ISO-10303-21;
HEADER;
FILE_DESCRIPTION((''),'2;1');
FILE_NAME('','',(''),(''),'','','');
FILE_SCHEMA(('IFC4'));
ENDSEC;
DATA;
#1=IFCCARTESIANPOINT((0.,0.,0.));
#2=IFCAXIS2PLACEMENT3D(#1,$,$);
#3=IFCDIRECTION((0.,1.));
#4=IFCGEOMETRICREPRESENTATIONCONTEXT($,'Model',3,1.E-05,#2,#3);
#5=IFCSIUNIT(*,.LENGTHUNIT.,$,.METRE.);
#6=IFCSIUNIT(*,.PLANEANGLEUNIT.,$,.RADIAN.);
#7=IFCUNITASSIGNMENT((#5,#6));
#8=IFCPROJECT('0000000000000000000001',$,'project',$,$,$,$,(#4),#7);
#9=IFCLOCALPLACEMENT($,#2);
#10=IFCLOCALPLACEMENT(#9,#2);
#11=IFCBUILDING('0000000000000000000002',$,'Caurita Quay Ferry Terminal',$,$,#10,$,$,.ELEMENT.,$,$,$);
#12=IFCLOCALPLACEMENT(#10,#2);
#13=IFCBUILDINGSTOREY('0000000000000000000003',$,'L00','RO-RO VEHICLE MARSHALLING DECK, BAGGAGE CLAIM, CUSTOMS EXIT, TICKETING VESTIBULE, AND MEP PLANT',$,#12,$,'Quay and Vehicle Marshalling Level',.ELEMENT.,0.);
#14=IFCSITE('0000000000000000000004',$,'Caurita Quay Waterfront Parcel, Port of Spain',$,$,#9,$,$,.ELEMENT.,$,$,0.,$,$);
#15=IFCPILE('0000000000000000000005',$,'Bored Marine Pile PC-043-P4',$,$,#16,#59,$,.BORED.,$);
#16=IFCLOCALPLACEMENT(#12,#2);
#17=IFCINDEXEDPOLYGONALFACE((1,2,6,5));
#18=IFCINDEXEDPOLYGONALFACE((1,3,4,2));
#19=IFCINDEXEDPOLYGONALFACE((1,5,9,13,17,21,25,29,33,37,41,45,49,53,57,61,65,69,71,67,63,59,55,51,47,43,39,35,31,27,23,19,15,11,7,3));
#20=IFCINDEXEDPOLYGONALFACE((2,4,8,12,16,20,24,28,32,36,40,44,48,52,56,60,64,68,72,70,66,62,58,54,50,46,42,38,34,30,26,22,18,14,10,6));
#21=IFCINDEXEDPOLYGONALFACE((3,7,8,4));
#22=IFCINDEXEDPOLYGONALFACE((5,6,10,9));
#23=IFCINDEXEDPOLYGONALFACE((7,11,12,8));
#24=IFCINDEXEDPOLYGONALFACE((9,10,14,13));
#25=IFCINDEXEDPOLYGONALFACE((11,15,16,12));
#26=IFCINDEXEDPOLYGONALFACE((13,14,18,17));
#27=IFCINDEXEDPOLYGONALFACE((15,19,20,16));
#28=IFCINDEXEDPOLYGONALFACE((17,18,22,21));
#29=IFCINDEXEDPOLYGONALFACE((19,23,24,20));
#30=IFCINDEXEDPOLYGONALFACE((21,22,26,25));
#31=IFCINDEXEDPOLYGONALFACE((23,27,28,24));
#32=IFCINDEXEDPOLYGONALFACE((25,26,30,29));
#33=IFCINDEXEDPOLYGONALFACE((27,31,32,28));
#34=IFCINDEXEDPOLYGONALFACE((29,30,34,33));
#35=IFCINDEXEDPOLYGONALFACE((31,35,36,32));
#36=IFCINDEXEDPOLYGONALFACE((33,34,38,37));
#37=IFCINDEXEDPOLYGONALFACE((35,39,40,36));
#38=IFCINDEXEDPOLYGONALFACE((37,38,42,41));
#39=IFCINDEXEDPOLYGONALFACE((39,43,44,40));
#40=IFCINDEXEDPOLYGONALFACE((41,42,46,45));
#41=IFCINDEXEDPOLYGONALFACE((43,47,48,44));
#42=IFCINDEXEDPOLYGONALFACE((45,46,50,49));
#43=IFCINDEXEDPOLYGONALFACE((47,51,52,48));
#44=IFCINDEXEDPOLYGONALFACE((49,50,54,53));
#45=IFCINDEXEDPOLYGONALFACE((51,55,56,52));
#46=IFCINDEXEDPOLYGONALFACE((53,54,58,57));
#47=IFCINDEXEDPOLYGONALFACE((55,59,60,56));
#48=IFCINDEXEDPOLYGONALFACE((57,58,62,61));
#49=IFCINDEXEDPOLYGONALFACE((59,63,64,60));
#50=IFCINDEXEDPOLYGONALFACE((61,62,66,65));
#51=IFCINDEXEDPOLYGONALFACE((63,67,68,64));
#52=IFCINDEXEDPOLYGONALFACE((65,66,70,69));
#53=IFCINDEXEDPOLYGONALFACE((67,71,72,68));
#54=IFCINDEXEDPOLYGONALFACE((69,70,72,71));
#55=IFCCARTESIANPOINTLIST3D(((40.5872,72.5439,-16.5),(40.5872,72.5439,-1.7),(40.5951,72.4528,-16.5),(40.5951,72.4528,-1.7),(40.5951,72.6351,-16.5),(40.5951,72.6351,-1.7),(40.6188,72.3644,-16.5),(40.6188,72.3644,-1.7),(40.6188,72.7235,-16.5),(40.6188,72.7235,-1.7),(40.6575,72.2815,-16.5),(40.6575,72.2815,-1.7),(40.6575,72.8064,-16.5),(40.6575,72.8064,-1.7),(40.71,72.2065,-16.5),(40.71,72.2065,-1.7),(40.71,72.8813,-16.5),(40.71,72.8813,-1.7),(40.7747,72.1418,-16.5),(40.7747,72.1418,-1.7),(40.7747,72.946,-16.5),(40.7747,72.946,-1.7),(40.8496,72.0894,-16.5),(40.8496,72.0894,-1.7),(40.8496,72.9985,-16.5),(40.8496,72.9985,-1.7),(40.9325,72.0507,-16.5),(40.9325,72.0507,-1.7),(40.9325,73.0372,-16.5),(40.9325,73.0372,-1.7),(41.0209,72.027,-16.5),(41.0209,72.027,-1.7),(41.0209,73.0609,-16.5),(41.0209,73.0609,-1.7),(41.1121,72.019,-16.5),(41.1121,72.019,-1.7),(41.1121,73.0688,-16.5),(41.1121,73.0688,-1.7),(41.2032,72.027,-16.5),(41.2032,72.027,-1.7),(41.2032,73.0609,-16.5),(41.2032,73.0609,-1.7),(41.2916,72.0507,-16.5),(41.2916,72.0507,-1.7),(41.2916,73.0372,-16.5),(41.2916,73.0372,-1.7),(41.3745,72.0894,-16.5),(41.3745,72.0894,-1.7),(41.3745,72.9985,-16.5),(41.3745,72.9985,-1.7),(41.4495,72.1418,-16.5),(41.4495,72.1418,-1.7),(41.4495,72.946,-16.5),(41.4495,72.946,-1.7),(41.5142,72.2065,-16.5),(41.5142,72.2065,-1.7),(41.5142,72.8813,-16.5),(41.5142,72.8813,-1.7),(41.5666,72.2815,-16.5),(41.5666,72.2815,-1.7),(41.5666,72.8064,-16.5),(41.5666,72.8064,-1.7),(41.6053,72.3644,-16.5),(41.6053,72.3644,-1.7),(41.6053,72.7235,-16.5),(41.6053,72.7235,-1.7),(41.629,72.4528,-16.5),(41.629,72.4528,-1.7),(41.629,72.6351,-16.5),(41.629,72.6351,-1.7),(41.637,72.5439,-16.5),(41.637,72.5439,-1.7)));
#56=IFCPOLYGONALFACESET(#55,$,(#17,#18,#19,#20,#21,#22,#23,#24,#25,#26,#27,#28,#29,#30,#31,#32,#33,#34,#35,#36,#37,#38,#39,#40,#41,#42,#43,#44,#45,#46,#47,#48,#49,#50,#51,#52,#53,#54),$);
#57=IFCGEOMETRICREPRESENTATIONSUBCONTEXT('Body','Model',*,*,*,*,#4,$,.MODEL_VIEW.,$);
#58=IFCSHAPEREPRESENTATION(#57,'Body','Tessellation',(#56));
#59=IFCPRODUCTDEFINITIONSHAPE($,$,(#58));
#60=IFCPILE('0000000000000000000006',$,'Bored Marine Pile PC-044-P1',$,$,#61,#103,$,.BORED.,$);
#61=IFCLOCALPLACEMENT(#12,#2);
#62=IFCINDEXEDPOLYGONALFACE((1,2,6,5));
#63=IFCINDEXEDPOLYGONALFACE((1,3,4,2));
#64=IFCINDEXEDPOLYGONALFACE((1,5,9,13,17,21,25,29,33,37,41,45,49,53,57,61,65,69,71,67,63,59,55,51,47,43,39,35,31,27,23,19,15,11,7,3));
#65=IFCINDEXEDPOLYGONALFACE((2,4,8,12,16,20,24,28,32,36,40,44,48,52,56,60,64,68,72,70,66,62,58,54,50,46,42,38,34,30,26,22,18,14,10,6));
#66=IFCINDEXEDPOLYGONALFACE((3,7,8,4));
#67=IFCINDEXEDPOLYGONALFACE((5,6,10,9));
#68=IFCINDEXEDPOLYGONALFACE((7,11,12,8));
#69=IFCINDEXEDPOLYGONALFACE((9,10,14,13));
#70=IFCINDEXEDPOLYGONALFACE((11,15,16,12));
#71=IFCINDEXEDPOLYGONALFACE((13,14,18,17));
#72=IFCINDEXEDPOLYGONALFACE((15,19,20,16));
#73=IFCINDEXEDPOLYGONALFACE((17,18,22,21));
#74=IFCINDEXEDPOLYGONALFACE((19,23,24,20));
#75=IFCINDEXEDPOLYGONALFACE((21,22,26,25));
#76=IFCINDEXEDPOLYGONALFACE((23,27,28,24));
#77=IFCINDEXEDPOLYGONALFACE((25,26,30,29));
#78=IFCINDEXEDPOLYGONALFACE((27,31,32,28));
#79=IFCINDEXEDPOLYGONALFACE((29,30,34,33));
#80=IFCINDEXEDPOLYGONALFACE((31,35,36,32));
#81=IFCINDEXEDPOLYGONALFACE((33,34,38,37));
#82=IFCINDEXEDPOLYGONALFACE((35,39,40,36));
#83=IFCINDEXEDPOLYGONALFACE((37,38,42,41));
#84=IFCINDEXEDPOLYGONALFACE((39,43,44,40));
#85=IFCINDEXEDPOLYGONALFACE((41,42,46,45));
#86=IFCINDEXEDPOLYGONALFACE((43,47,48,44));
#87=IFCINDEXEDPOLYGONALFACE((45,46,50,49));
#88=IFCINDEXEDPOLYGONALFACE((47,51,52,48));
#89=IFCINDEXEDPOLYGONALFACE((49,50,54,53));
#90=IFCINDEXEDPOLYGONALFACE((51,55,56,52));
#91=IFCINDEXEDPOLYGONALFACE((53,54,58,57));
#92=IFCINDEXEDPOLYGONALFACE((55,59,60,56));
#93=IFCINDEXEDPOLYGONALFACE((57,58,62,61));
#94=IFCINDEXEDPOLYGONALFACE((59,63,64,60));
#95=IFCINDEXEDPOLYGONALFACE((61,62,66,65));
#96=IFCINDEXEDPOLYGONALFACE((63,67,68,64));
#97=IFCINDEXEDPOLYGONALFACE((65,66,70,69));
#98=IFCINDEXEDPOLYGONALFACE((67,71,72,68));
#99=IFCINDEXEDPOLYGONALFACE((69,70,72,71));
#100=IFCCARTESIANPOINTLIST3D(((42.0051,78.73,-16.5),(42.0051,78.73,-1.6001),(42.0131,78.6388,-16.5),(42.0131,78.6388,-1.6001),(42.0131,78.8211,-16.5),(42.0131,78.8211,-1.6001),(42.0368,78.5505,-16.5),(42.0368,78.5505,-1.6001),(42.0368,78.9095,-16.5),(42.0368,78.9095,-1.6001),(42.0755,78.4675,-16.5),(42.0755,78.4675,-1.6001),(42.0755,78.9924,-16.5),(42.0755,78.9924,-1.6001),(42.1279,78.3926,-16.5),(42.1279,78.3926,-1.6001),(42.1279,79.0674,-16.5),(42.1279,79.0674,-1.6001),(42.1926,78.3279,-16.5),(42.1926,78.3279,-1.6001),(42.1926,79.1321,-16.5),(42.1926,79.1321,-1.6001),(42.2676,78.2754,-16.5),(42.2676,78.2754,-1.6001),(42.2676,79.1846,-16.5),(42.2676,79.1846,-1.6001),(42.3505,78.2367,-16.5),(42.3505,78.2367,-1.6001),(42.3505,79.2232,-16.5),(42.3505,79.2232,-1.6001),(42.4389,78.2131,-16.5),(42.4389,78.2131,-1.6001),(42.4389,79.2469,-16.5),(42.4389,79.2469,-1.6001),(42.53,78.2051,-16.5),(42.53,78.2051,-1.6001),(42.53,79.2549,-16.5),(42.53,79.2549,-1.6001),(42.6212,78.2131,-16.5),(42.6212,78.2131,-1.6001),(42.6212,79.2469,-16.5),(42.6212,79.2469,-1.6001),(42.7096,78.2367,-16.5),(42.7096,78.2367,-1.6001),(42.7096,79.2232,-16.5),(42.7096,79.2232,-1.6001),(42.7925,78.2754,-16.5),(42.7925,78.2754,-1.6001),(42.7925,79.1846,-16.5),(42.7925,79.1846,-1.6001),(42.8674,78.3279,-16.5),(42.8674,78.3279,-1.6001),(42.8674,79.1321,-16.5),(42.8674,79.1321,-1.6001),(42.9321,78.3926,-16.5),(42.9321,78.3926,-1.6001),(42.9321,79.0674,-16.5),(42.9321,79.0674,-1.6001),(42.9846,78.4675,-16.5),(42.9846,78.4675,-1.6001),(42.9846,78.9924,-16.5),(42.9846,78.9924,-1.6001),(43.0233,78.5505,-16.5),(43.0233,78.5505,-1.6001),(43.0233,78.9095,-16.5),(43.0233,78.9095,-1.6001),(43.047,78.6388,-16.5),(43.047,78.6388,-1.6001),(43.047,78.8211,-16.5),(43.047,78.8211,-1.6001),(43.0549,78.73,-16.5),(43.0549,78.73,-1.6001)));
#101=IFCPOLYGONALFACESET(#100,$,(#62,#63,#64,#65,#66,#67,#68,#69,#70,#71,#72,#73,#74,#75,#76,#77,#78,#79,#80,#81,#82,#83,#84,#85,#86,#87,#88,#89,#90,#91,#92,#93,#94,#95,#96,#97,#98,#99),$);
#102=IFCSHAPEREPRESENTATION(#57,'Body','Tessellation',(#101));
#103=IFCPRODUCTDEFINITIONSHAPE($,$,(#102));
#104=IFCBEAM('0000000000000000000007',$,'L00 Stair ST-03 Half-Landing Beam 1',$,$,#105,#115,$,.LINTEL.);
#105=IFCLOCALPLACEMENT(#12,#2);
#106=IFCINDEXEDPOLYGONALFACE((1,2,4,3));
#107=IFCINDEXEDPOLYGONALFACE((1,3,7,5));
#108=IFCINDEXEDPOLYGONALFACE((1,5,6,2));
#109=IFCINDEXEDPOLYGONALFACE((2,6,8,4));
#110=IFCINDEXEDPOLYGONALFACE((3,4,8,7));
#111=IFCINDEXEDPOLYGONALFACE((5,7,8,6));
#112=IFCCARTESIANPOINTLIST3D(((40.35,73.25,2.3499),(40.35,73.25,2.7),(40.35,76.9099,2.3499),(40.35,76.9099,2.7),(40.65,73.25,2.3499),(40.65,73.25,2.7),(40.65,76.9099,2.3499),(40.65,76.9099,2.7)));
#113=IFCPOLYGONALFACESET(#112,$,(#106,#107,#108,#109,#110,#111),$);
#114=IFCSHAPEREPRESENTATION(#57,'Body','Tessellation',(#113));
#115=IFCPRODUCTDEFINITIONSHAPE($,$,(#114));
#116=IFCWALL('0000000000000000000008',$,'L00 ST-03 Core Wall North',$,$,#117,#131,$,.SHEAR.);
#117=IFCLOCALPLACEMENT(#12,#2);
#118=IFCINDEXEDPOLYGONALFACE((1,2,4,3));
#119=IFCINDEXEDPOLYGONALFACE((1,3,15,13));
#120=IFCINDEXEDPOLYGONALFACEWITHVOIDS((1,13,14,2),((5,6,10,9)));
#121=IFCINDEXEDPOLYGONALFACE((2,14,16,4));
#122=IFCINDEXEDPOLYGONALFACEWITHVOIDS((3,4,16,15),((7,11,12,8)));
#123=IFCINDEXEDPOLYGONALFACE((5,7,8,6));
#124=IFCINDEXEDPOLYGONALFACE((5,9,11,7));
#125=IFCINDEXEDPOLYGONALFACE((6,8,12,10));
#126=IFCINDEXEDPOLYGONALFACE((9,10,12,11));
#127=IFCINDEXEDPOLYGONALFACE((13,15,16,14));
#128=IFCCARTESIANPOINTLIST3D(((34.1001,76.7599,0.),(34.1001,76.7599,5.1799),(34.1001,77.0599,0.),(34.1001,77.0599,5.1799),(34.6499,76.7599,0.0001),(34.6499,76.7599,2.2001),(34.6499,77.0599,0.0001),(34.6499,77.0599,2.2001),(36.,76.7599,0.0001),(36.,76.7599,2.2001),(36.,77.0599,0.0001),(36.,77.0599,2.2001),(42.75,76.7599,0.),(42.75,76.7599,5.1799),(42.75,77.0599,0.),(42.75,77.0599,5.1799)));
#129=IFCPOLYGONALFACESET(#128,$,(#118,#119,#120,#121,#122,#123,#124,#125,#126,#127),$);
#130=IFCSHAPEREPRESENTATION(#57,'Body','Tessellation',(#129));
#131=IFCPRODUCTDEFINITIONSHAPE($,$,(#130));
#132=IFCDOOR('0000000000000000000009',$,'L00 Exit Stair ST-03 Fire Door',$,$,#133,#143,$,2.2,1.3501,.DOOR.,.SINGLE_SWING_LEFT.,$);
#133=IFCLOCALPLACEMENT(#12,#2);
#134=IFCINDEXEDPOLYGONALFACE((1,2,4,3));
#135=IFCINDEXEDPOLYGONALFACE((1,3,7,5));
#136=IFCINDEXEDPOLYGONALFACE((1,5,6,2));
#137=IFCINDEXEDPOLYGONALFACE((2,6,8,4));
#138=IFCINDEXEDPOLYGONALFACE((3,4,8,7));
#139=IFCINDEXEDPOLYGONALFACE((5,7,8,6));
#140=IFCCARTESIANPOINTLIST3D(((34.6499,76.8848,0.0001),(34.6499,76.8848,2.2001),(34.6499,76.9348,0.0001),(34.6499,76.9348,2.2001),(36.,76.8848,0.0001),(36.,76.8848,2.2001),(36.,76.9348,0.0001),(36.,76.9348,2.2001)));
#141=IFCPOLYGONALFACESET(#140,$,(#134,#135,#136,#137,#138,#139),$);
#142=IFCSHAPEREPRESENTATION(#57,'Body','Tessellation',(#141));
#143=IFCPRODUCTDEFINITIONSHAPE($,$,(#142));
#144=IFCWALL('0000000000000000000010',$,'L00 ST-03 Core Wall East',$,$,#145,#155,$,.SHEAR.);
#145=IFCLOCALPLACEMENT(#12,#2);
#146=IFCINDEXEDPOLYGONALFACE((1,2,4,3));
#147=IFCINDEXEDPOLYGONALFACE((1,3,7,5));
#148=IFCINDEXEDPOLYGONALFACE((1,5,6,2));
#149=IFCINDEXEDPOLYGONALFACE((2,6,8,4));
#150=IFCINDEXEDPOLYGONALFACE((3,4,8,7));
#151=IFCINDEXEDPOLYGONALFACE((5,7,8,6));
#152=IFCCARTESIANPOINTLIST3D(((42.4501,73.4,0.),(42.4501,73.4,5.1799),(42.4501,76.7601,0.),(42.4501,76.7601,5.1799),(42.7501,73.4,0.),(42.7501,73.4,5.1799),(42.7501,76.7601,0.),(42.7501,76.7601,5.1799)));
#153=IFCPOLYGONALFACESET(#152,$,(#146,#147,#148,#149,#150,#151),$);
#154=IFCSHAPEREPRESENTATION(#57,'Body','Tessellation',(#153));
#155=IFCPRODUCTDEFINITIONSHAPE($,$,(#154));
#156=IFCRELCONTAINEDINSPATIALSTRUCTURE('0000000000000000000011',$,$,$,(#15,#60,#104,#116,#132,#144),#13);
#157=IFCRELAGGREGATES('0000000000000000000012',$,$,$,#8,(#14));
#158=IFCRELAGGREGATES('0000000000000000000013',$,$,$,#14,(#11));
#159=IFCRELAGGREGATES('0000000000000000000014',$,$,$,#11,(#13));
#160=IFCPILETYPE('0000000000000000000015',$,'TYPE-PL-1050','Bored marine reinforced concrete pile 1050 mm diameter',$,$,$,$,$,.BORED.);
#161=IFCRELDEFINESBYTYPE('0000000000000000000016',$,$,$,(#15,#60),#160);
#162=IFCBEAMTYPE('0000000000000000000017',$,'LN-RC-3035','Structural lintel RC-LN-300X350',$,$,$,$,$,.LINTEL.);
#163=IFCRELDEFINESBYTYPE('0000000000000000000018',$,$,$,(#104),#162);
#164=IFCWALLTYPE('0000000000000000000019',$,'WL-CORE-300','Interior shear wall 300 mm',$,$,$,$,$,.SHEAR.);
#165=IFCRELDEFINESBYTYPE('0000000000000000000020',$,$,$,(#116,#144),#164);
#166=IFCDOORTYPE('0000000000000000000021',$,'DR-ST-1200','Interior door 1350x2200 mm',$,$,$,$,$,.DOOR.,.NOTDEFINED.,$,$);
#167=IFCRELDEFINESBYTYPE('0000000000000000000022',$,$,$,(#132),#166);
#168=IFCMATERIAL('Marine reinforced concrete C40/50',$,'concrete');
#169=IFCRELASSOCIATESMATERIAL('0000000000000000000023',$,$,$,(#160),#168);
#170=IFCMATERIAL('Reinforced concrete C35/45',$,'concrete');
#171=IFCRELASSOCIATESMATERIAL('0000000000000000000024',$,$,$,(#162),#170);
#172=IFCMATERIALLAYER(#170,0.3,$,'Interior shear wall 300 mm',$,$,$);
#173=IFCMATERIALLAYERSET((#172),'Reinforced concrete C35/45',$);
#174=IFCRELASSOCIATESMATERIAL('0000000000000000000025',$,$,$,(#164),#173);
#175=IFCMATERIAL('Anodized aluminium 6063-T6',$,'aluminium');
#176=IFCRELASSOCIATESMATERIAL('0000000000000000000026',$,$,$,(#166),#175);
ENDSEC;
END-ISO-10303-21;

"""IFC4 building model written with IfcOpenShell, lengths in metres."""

from ifc_helpers import new_model, si_unit, direction, frame, frame_2d, origin, origin_2d, place, context, subcontext, project, spatial, rectangle, circle, extrude, material, layer, layer_set, material_profile, profile_set, type_object, element, fill, save


model = new_model("IFC4")

# Units and contexts
model_context = context("Model", 3, precision=1e-05, world=origin(), true_north=direction((0.0, 1.0)))
body_context = subcontext(model_context, "Body", "Model", "MODEL_VIEW")
ifc_project = project(units=[si_unit("LENGTHUNIT", "METRE"), si_unit("PLANEANGLEUNIT", "RADIAN")], contexts=[model_context])

# Site, building, storey
site_placement = place(None, origin())
site = spatial("IfcSite", under=ifc_project, at=site_placement, Name="Caurita Quay Waterfront Parcel, Port of Spain", CompositionType="ELEMENT", RefElevation=0.0)
building_placement = place(site_placement, origin())
building = spatial("IfcBuilding", under=site, at=building_placement, Name="Caurita Quay Ferry Terminal", CompositionType="ELEMENT")
storey_placement = place(building_placement, origin())
storey = spatial("IfcBuildingStorey", under=building, at=storey_placement, Name="L00", Description="RO-RO VEHICLE MARSHALLING DECK, BAGGAGE CLAIM, CUSTOMS EXIT, TICKETING VESTIBULE, AND MEP PLANT", LongName="Quay and Vehicle Marshalling Level", CompositionType="ELEMENT", Elevation=0.0)

# Piles
ifc_material_1 = material(Name="Marine reinforced concrete C40/50", Category="concrete")
ifc_material_profile_1 = material_profile(ifc_material_1, circle(Radius=0.5249, at=origin_2d()), Name="PILE-D1050")
ifc_profile_set_1 = profile_set([ifc_material_profile_1], Name="Marine reinforced concrete C40/50")
pile_type = type_object("IfcPileType", Name="TYPE-PL-1050", Description="Bored marine reinforced concrete pile 1050 mm diameter", PredefinedType="BORED", material=ifc_profile_set_1)
for number, where, z_axis, x_axis, name in (
    (1, (41.1121, 72.5439, -1.7), (0.0, 0.0, -1.0), (1.0, 0.0, 0.0), "Bored Marine Pile PC-043-P4"),
):
    element("IfcPile", number, at=place(storey_placement, frame(where, z_axis=z_axis, x_axis=x_axis)), inside=storey, type_object=pile_type, Name=name, PredefinedType="BORED", context=body_context, shape_type="SweptSolid", body=[
        extrude(circle(Radius=0.5249, at=origin_2d()), origin(), (0.0, 0.0, 1.0), 14.8),
    ])
pile_1_placement = place(storey_placement, frame((42.53, 78.73, -1.6001), z_axis=(0.0, 0.0, -1.0), x_axis=(1.0, 0.0, 0.0)))
element("IfcPile", 2, at=pile_1_placement, inside=storey, type_object=pile_type, Name="Bored Marine Pile PC-044-P1", PredefinedType="BORED", context=body_context, shape_type="SweptSolid", body=[
    extrude(circle(Radius=0.5249, at=origin_2d()), origin(), (0.0, 0.0, 1.0), 14.8999),
])

# Beam
ifc_material_2 = material(Name="Reinforced concrete C35/45", Category="concrete")
ifc_material_profile_2 = material_profile(ifc_material_2, rectangle(XDim=0.3, YDim=0.3501, at=origin_2d()), Name="RC-LN-300X350")
ifc_profile_set_2 = profile_set([ifc_material_profile_2], Name="Reinforced concrete C35/45")
beam_type = type_object("IfcBeamType", Name="LN-RC-3035", Description="Structural lintel RC-LN-300X350", PredefinedType="LINTEL", material=ifc_profile_set_2)
beam_placement = place(storey_placement, frame((40.5, 73.25, 2.5249), z_axis=(0.0, 1.0, 0.0), x_axis=(-1.0, 0.0, 0.0)))
element("IfcBeam", 3, at=beam_placement, inside=storey, type_object=beam_type, Name="L00 Stair ST-03 Half-Landing Beam 1", PredefinedType="LINTEL", context=body_context, shape_type="SweptSolid", body=[
    extrude(rectangle(XDim=0.3, YDim=0.3501, at=origin_2d()), origin(), (0.0, 0.0, 1.0), 3.6599),
])

# Wall, opening, door
ifc_layer_1 = layer(ifc_material_2, 0.3, Name="Interior shear wall 300 mm")
ifc_layer_set_1 = layer_set([ifc_layer_1], Name="Reinforced concrete C35/45")
wall_type_1 = type_object("IfcWallType", Name="WL-CORE-300", Description="Interior shear wall 300 mm", PredefinedType="SHEAR", material=ifc_layer_set_1)
wall_1_placement = place(storey_placement, frame((42.75, 76.9099, 0.0), z_axis=(0.0, 0.0, 1.0), x_axis=(-1.0, 0.0, 0.0)))
wall_1 = element("IfcWall", 4, at=wall_1_placement, inside=storey, type_object=wall_type_1, Name="L00 ST-03 Core Wall North", PredefinedType="SHEAR", context=body_context, shape_type="SweptSolid", body=[
    extrude(rectangle(XDim=8.6499, YDim=0.3, at=frame_2d((4.325, 0.0))), origin(), (0.0, 0.0, 1.0), 5.1799),
])
opening_1_placement = place(wall_1_placement, frame((6.75, 0.0, 0.0)))
opening_1 = element("IfcOpeningElement", 5, at=opening_1_placement, cuts=wall_1, PredefinedType="OPENING", context=body_context, shape_type="SweptSolid", body=[
    extrude(rectangle(XDim=1.3501, YDim=2.2, at=frame_2d((0.675, 1.1001))), frame((0.0, 0.1599, 0.0), z_axis=(0.0, -1.0, 0.0), x_axis=(1.0, 0.0, 0.0)), (0.0, 0.0, 1.0), 0.3201),
])
ifc_material_3 = material(Name="Anodized aluminium 6063-T6", Category="aluminium")
door_type_1 = type_object("IfcDoorType", Name="DR-ST-1200", Description="Interior door 1350x2200 mm", OperationType="NOTDEFINED", PredefinedType="DOOR", material=ifc_material_3)
door_1_placement = place(opening_1_placement, frame((1.3501, 0.0, 0.0), z_axis=(0.0, 0.0, 1.0), x_axis=(-1.0, 0.0, 0.0)))
door_1 = element("IfcDoor", 6, at=door_1_placement, inside=storey, type_object=door_type_1, Name="L00 Exit Stair ST-03 Fire Door", OperationType="SINGLE_SWING_LEFT", OverallHeight=2.2, OverallWidth=1.3501, PredefinedType="DOOR", context=body_context, shape_type="SweptSolid", body=[
    extrude(rectangle(XDim=1.3501, YDim=2.2, at=frame_2d((0.675, 1.1001))), frame((0.0, 0.0249, 0.0), z_axis=(0.0, -1.0, 0.0), x_axis=(1.0, 0.0, 0.0)), (0.0, 0.0, 1.0), 0.05),
])
fill(opening_1, door_1)

# Wall
wall_2_placement = place(storey_placement, frame((42.6001, 73.3999, 0.0), z_axis=(0.0, 0.0, 1.0), x_axis=(0.0, 1.0, 0.0)))
element("IfcWall", 7, at=wall_2_placement, inside=storey, type_object=wall_type_1, Name="L00 ST-03 Core Wall East", PredefinedType="SHEAR", context=body_context, shape_type="SweptSolid", body=[
    extrude(rectangle(XDim=3.3601, YDim=0.3, at=frame_2d((1.6802, 0.0))), origin(), (0.0, 0.0, 1.0), 5.1799),
])

save(model, "model.ifc")
